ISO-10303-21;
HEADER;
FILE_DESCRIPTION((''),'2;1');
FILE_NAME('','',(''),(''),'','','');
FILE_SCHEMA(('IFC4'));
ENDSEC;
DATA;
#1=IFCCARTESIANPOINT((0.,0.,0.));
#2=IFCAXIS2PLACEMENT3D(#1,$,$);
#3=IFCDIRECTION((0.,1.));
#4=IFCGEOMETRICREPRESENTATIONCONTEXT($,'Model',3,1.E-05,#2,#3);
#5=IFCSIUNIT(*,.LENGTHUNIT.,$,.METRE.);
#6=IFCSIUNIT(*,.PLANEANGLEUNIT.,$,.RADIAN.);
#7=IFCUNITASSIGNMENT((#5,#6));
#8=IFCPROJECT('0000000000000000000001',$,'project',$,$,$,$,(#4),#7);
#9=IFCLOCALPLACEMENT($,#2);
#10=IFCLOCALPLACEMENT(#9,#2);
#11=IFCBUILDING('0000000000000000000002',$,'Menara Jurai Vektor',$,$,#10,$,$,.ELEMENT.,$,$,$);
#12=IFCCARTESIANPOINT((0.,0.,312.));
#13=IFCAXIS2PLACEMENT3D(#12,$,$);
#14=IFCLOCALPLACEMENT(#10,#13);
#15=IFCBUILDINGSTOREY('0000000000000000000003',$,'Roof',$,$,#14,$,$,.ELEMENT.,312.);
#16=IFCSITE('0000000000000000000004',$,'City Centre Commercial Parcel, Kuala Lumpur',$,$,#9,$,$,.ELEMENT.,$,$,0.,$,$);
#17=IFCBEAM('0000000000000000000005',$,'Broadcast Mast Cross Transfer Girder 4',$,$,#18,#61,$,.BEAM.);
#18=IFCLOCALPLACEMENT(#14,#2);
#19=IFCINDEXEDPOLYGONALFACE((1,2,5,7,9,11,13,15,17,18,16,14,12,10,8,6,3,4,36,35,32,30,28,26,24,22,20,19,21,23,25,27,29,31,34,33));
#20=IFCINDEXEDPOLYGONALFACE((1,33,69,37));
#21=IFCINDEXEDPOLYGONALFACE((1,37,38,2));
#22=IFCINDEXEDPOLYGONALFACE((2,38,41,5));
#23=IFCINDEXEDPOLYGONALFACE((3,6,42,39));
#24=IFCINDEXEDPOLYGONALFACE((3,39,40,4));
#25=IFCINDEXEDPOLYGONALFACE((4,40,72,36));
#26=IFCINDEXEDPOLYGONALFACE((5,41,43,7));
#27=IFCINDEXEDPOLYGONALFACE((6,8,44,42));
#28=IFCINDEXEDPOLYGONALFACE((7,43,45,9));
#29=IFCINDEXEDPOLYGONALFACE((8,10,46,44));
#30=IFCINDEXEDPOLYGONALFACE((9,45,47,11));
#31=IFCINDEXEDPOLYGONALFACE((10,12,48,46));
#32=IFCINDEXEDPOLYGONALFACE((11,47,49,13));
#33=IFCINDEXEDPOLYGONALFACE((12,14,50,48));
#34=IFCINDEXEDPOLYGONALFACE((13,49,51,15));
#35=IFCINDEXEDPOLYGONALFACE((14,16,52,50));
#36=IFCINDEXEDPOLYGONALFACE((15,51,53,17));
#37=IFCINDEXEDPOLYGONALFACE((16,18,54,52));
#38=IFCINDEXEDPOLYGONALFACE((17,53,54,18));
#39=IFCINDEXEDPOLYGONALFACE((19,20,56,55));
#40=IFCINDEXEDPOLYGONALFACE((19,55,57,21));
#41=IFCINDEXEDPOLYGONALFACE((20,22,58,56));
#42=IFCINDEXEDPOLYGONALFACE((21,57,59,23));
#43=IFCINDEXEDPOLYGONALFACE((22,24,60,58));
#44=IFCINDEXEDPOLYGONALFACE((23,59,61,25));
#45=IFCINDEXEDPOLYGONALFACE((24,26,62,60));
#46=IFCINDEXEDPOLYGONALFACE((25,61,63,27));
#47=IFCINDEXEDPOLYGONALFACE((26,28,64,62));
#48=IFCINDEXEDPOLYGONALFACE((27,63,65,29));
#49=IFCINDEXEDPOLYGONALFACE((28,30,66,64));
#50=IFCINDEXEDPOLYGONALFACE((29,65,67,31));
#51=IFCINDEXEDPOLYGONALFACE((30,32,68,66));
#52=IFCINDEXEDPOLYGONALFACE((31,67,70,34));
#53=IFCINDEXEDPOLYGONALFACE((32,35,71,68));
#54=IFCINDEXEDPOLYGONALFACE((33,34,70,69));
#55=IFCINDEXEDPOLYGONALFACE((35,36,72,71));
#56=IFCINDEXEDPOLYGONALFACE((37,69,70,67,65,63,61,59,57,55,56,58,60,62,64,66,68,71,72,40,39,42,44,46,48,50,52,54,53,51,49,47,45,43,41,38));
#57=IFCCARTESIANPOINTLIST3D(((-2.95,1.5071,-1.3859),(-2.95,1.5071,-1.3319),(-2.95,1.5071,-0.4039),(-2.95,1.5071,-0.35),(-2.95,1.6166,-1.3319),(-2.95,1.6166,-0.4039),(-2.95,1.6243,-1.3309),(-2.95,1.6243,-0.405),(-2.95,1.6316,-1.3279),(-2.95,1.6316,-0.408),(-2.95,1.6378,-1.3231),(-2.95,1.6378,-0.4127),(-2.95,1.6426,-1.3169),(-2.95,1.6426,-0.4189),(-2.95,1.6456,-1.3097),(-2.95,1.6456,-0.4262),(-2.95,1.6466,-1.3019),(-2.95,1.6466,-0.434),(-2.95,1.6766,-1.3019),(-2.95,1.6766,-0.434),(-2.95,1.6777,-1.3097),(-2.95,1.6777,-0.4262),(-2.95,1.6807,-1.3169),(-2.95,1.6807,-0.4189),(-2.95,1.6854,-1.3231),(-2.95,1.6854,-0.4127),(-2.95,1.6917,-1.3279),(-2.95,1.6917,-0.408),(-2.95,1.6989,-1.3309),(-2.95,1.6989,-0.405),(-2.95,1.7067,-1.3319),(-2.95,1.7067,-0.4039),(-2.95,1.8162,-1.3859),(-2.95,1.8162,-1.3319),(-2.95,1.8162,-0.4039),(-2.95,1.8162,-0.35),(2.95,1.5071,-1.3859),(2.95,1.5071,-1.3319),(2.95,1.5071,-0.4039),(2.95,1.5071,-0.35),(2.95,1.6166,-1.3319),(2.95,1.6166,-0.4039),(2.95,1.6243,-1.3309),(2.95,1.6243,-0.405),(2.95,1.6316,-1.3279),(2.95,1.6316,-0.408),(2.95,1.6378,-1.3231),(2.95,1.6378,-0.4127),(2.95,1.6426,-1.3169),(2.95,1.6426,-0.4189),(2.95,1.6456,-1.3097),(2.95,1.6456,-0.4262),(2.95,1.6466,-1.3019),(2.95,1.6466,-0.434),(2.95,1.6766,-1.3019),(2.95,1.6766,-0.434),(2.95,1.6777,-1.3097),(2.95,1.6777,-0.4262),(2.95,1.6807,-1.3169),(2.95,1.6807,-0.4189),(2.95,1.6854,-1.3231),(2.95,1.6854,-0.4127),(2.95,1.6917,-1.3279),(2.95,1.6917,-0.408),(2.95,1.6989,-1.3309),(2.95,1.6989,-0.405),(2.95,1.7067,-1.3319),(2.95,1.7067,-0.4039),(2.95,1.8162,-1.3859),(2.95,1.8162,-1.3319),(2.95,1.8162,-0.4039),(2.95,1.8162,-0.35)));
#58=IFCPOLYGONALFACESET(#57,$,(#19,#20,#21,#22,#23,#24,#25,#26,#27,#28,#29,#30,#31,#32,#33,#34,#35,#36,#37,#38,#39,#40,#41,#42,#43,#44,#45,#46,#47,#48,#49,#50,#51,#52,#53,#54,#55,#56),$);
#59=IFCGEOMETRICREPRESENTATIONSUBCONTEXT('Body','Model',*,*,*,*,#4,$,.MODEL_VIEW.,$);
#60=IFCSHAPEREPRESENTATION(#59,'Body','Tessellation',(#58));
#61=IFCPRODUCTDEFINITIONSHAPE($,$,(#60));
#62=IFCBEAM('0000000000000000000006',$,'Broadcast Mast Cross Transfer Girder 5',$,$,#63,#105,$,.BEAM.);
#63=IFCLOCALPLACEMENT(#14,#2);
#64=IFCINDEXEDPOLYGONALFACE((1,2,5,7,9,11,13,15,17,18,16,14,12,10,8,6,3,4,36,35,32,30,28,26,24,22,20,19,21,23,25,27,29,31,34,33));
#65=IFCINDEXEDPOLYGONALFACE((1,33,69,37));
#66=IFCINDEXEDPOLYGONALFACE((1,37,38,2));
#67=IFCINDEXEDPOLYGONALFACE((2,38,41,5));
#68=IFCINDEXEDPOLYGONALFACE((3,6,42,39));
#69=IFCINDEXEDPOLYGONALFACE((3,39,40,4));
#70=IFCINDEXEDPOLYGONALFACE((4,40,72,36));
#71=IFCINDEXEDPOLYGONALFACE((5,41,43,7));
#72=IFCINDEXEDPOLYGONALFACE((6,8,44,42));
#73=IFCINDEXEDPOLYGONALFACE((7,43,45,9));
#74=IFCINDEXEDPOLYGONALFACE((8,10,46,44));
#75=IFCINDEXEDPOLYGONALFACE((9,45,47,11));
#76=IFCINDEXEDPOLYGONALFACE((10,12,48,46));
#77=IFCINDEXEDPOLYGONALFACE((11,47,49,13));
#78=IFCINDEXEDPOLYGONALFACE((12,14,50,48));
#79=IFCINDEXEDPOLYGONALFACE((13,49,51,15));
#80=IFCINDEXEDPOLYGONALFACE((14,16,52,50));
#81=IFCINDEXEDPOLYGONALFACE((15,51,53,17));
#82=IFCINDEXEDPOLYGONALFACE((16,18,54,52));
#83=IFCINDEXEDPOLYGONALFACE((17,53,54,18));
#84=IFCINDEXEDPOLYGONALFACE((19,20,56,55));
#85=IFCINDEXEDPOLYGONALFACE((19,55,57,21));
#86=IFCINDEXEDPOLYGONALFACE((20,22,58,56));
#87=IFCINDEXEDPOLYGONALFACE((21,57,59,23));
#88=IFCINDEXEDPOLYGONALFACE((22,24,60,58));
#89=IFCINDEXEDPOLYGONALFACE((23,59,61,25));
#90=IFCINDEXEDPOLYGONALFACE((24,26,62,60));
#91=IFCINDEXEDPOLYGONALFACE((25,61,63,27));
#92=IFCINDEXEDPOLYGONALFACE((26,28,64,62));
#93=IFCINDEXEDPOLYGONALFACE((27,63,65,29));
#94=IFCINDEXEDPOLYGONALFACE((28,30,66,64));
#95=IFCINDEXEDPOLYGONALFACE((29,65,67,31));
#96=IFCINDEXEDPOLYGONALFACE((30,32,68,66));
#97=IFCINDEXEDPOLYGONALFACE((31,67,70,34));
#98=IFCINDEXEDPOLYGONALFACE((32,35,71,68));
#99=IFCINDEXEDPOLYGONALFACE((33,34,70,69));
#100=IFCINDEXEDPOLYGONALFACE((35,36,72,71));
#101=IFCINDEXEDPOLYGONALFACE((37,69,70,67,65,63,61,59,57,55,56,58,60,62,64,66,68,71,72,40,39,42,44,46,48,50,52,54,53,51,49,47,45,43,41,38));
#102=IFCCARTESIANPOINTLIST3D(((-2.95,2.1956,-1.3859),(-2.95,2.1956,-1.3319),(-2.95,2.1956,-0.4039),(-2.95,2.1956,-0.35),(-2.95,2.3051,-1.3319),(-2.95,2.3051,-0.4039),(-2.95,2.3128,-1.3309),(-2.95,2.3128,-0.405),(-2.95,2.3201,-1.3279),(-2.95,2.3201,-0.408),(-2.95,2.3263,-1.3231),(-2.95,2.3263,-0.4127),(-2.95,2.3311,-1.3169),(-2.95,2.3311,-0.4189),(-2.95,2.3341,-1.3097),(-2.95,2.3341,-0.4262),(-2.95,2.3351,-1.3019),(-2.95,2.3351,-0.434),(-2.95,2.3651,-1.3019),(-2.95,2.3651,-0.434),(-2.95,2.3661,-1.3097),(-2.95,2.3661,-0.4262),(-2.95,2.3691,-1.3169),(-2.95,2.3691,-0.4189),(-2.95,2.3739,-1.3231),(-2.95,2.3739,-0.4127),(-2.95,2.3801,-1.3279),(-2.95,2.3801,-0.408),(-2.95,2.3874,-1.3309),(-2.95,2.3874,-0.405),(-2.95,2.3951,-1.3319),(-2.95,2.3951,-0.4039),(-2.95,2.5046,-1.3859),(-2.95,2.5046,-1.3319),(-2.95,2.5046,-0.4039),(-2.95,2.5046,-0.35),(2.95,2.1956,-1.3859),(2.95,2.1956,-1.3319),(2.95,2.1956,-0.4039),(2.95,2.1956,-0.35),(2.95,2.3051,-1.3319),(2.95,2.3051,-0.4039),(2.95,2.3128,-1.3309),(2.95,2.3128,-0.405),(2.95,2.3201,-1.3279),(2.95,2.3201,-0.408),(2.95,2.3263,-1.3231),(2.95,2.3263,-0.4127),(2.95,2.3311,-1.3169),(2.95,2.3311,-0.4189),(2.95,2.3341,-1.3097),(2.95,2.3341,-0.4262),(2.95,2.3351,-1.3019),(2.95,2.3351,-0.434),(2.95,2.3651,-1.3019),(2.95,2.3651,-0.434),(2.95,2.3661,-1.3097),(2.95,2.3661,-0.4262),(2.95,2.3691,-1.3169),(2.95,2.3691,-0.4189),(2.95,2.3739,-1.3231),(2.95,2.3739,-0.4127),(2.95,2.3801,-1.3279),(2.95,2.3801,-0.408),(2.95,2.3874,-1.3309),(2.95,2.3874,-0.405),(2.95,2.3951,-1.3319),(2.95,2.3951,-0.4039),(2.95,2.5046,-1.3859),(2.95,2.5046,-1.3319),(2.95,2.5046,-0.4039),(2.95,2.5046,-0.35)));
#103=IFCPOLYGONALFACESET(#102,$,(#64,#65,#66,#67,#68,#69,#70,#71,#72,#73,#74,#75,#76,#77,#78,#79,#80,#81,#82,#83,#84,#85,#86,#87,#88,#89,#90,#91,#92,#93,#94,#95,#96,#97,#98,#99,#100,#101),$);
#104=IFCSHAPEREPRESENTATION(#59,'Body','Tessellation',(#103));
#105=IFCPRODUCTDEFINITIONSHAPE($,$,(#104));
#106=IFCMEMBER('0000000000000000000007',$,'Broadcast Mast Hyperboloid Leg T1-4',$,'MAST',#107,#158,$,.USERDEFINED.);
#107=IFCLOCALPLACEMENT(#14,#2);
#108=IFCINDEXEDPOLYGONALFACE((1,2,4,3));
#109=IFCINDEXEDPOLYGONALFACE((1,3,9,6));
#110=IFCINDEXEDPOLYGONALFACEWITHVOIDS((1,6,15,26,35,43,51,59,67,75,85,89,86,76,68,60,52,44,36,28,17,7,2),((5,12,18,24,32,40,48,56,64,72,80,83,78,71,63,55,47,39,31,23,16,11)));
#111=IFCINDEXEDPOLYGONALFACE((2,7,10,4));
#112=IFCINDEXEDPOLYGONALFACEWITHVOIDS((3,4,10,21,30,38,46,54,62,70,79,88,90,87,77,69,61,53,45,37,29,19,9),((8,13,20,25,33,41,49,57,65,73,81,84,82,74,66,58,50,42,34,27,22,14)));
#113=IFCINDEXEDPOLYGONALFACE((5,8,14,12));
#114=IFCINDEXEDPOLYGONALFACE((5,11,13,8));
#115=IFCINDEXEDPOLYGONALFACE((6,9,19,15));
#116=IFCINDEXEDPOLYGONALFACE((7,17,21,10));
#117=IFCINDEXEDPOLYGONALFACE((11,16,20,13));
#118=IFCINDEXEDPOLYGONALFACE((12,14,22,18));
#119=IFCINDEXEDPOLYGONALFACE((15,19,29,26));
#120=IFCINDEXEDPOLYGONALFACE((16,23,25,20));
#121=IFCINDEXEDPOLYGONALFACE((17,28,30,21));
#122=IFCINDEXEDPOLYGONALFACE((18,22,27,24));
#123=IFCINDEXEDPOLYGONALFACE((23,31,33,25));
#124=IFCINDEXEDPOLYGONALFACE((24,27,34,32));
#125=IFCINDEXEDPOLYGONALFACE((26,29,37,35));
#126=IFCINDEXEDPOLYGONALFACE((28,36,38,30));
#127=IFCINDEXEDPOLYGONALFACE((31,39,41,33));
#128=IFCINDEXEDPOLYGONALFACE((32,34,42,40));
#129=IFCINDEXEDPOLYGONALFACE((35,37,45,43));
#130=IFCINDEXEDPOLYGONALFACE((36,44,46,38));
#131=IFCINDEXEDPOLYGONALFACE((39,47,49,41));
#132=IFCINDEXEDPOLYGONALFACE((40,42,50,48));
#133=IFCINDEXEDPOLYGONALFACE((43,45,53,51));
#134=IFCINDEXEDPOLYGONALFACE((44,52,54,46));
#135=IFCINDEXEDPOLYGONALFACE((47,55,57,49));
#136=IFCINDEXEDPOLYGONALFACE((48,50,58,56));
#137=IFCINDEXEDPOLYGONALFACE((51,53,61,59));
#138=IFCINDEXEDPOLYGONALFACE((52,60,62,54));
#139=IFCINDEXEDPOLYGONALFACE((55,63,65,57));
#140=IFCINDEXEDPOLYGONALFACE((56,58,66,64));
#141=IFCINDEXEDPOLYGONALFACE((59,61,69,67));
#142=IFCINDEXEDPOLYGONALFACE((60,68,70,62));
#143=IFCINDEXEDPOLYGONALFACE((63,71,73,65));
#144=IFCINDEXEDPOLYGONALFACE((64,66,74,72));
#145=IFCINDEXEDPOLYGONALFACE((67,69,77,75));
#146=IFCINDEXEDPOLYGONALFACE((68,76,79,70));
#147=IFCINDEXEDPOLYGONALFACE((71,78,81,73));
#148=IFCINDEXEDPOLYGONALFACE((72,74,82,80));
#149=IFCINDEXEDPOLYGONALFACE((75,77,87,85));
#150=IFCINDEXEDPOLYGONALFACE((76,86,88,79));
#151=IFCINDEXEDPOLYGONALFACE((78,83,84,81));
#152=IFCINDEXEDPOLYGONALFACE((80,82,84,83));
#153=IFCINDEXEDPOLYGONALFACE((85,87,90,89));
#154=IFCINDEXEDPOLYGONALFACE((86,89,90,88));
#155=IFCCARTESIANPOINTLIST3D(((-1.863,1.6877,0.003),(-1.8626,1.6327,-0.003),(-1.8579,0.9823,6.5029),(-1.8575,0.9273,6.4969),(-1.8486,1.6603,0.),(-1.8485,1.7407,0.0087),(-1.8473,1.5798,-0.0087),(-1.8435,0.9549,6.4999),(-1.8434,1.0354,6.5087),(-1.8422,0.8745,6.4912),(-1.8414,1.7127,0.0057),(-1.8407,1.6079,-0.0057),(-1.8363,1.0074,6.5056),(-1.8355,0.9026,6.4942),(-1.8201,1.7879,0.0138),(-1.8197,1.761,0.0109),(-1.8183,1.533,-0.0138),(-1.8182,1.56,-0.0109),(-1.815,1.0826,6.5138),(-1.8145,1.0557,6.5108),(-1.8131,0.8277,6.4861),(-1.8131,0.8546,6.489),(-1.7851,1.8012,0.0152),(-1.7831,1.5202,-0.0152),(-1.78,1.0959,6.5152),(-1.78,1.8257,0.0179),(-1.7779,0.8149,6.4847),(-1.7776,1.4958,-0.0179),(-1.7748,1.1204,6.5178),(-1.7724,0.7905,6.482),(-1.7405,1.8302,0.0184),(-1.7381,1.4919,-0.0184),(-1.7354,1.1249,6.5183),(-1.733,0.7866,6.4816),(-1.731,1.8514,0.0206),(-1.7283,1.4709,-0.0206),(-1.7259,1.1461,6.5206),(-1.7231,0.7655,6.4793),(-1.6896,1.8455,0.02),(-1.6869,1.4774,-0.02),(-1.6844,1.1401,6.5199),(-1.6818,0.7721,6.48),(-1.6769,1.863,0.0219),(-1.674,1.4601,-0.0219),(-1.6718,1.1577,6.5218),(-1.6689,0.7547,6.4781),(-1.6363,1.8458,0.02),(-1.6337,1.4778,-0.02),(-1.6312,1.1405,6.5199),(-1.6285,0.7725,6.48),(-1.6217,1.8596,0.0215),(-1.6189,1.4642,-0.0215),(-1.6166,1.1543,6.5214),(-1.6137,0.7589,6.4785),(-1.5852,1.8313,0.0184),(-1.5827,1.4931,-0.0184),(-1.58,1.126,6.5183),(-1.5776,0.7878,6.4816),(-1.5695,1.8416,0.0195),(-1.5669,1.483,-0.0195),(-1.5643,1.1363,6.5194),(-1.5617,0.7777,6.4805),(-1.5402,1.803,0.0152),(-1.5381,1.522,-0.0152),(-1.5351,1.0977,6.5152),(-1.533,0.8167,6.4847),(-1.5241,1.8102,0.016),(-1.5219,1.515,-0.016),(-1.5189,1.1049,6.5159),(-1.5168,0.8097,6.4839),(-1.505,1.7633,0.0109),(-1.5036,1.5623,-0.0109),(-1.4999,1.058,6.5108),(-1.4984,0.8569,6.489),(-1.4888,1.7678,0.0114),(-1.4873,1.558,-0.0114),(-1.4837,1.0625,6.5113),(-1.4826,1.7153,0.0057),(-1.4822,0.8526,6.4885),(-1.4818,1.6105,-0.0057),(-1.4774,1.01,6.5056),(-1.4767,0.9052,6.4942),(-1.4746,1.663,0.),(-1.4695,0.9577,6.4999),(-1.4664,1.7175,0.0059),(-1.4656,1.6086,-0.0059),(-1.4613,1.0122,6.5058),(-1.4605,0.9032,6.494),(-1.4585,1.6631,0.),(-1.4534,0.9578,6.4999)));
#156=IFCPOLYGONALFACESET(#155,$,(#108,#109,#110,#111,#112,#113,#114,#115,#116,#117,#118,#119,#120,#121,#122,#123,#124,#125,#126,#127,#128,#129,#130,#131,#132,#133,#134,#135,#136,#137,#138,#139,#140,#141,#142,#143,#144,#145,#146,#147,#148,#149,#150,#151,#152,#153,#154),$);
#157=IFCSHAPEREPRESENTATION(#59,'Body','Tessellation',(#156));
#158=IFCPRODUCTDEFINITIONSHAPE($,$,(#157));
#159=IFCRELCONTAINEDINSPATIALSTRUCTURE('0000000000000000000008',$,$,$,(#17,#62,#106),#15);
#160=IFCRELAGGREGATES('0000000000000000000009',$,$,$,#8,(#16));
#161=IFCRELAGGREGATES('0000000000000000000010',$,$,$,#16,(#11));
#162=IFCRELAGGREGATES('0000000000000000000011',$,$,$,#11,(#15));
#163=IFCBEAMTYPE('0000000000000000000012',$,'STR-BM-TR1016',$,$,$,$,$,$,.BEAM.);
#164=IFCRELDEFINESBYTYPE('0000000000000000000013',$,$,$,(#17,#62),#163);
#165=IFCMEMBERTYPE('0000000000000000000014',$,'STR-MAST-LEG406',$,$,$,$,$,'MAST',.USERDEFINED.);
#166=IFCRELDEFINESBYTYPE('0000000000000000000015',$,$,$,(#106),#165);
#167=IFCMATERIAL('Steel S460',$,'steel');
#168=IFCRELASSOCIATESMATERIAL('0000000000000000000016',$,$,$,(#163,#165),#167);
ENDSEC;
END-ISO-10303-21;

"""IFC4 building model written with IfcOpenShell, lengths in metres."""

from ifc_helpers import new_model, si_unit, direction, frame, origin, origin_2d, place, context, subcontext, project, spatial, hollow_circle, i_section, extrude, material, material_profile, profile_set, type_object, element, save


model = new_model("IFC4")

# Units and contexts
model_context = context("Model", 3, precision=1e-05, world=origin(), true_north=direction((0.0, 1.0)))
body_context = subcontext(model_context, "Body", "Model", "MODEL_VIEW")
ifc_project = project(units=[si_unit("LENGTHUNIT", "METRE"), si_unit("PLANEANGLEUNIT", "RADIAN")], contexts=[model_context])

# Site, building, storey
site_placement = place(None, origin())
site = spatial("IfcSite", under=ifc_project, at=site_placement, Name="City Centre Commercial Parcel, Kuala Lumpur", CompositionType="ELEMENT", RefElevation=0.0)
building_placement = place(site_placement, origin())
building = spatial("IfcBuilding", under=site, at=building_placement, Name="Menara Jurai Vektor", CompositionType="ELEMENT")
storey_placement = place(building_placement, frame((0.0, 0.0, 312.0)))
storey = spatial("IfcBuildingStorey", under=building, at=storey_placement, Name="Roof", CompositionType="ELEMENT", Elevation=312.0)

# Shared definitions
ifc_material_1 = material(Name="Steel S460", Category="steel")

# Beams
ifc_material_profile_1 = material_profile(ifc_material_1, i_section(OverallWidth=0.3091, OverallDepth=1.0359, WebThickness=0.03, FlangeThickness=0.054, FilletRadius=0.03, at=origin_2d()), Name="UKB 1016x305x487")
ifc_profile_set_1 = profile_set([ifc_material_profile_1], Name="Steel S460")
beam_type_1 = type_object("IfcBeamType", Name="STR-BM-TR1016", PredefinedType="BEAM", material=ifc_profile_set_1)
for number, where, z_axis, x_axis, name in (
    (1, (-2.95, 1.6616, -0.8679), (1.0, 0.0, 0.0), (0.0, 1.0, 0.0), "Broadcast Mast Cross Transfer Girder 4"),
    (2, (-2.95, 2.3501, -0.8679), (1.0, 0.0, 0.0), (0.0, 1.0, 0.0), "Broadcast Mast Cross Transfer Girder 5"),
):
    element("IfcBeam", number, at=place(storey_placement, frame(where, z_axis=z_axis, x_axis=x_axis)), inside=storey, type_object=beam_type_1, Name=name, PredefinedType="BEAM", context=body_context, shape_type="SweptSolid", body=[
        extrude(i_section(OverallWidth=0.3091, OverallDepth=1.0359, WebThickness=0.03, FlangeThickness=0.054, FilletRadius=0.03, at=origin_2d()), origin(), (0.0, 0.0, 1.0), 5.8999),
    ])

# Member
ifc_material_profile_2 = material_profile(ifc_material_1, hollow_circle(Radius=0.2031, WallThickness=0.0161, at=origin_2d()), Name="CHS 406.4x16")
ifc_profile_set_2 = profile_set([ifc_material_profile_2], Name="Steel S460")
member_type_1 = type_object("IfcMemberType", Name="STR-MAST-LEG406", ElementType="MAST", PredefinedType="USERDEFINED", material=ifc_profile_set_2)
member_1_placement = place(storey_placement, frame((-1.6616, 1.6616, 0.0), z_axis=(0.000784, -0.107878, 0.994164), x_axis=(0.999974, 0.007269, 0.0)))
element("IfcMember", 3, at=member_1_placement, inside=storey, type_object=member_type_1, Name="Broadcast Mast Hyperboloid Leg T1-4", ObjectType="MAST", PredefinedType="USERDEFINED", context=body_context, shape_type="SweptSolid", body=[
    extrude(hollow_circle(Radius=0.2031, WallThickness=0.0161, at=origin_2d()), origin(), (0.0, 0.0, 1.0), 6.5381),
])

save(model, "model.ifc")
